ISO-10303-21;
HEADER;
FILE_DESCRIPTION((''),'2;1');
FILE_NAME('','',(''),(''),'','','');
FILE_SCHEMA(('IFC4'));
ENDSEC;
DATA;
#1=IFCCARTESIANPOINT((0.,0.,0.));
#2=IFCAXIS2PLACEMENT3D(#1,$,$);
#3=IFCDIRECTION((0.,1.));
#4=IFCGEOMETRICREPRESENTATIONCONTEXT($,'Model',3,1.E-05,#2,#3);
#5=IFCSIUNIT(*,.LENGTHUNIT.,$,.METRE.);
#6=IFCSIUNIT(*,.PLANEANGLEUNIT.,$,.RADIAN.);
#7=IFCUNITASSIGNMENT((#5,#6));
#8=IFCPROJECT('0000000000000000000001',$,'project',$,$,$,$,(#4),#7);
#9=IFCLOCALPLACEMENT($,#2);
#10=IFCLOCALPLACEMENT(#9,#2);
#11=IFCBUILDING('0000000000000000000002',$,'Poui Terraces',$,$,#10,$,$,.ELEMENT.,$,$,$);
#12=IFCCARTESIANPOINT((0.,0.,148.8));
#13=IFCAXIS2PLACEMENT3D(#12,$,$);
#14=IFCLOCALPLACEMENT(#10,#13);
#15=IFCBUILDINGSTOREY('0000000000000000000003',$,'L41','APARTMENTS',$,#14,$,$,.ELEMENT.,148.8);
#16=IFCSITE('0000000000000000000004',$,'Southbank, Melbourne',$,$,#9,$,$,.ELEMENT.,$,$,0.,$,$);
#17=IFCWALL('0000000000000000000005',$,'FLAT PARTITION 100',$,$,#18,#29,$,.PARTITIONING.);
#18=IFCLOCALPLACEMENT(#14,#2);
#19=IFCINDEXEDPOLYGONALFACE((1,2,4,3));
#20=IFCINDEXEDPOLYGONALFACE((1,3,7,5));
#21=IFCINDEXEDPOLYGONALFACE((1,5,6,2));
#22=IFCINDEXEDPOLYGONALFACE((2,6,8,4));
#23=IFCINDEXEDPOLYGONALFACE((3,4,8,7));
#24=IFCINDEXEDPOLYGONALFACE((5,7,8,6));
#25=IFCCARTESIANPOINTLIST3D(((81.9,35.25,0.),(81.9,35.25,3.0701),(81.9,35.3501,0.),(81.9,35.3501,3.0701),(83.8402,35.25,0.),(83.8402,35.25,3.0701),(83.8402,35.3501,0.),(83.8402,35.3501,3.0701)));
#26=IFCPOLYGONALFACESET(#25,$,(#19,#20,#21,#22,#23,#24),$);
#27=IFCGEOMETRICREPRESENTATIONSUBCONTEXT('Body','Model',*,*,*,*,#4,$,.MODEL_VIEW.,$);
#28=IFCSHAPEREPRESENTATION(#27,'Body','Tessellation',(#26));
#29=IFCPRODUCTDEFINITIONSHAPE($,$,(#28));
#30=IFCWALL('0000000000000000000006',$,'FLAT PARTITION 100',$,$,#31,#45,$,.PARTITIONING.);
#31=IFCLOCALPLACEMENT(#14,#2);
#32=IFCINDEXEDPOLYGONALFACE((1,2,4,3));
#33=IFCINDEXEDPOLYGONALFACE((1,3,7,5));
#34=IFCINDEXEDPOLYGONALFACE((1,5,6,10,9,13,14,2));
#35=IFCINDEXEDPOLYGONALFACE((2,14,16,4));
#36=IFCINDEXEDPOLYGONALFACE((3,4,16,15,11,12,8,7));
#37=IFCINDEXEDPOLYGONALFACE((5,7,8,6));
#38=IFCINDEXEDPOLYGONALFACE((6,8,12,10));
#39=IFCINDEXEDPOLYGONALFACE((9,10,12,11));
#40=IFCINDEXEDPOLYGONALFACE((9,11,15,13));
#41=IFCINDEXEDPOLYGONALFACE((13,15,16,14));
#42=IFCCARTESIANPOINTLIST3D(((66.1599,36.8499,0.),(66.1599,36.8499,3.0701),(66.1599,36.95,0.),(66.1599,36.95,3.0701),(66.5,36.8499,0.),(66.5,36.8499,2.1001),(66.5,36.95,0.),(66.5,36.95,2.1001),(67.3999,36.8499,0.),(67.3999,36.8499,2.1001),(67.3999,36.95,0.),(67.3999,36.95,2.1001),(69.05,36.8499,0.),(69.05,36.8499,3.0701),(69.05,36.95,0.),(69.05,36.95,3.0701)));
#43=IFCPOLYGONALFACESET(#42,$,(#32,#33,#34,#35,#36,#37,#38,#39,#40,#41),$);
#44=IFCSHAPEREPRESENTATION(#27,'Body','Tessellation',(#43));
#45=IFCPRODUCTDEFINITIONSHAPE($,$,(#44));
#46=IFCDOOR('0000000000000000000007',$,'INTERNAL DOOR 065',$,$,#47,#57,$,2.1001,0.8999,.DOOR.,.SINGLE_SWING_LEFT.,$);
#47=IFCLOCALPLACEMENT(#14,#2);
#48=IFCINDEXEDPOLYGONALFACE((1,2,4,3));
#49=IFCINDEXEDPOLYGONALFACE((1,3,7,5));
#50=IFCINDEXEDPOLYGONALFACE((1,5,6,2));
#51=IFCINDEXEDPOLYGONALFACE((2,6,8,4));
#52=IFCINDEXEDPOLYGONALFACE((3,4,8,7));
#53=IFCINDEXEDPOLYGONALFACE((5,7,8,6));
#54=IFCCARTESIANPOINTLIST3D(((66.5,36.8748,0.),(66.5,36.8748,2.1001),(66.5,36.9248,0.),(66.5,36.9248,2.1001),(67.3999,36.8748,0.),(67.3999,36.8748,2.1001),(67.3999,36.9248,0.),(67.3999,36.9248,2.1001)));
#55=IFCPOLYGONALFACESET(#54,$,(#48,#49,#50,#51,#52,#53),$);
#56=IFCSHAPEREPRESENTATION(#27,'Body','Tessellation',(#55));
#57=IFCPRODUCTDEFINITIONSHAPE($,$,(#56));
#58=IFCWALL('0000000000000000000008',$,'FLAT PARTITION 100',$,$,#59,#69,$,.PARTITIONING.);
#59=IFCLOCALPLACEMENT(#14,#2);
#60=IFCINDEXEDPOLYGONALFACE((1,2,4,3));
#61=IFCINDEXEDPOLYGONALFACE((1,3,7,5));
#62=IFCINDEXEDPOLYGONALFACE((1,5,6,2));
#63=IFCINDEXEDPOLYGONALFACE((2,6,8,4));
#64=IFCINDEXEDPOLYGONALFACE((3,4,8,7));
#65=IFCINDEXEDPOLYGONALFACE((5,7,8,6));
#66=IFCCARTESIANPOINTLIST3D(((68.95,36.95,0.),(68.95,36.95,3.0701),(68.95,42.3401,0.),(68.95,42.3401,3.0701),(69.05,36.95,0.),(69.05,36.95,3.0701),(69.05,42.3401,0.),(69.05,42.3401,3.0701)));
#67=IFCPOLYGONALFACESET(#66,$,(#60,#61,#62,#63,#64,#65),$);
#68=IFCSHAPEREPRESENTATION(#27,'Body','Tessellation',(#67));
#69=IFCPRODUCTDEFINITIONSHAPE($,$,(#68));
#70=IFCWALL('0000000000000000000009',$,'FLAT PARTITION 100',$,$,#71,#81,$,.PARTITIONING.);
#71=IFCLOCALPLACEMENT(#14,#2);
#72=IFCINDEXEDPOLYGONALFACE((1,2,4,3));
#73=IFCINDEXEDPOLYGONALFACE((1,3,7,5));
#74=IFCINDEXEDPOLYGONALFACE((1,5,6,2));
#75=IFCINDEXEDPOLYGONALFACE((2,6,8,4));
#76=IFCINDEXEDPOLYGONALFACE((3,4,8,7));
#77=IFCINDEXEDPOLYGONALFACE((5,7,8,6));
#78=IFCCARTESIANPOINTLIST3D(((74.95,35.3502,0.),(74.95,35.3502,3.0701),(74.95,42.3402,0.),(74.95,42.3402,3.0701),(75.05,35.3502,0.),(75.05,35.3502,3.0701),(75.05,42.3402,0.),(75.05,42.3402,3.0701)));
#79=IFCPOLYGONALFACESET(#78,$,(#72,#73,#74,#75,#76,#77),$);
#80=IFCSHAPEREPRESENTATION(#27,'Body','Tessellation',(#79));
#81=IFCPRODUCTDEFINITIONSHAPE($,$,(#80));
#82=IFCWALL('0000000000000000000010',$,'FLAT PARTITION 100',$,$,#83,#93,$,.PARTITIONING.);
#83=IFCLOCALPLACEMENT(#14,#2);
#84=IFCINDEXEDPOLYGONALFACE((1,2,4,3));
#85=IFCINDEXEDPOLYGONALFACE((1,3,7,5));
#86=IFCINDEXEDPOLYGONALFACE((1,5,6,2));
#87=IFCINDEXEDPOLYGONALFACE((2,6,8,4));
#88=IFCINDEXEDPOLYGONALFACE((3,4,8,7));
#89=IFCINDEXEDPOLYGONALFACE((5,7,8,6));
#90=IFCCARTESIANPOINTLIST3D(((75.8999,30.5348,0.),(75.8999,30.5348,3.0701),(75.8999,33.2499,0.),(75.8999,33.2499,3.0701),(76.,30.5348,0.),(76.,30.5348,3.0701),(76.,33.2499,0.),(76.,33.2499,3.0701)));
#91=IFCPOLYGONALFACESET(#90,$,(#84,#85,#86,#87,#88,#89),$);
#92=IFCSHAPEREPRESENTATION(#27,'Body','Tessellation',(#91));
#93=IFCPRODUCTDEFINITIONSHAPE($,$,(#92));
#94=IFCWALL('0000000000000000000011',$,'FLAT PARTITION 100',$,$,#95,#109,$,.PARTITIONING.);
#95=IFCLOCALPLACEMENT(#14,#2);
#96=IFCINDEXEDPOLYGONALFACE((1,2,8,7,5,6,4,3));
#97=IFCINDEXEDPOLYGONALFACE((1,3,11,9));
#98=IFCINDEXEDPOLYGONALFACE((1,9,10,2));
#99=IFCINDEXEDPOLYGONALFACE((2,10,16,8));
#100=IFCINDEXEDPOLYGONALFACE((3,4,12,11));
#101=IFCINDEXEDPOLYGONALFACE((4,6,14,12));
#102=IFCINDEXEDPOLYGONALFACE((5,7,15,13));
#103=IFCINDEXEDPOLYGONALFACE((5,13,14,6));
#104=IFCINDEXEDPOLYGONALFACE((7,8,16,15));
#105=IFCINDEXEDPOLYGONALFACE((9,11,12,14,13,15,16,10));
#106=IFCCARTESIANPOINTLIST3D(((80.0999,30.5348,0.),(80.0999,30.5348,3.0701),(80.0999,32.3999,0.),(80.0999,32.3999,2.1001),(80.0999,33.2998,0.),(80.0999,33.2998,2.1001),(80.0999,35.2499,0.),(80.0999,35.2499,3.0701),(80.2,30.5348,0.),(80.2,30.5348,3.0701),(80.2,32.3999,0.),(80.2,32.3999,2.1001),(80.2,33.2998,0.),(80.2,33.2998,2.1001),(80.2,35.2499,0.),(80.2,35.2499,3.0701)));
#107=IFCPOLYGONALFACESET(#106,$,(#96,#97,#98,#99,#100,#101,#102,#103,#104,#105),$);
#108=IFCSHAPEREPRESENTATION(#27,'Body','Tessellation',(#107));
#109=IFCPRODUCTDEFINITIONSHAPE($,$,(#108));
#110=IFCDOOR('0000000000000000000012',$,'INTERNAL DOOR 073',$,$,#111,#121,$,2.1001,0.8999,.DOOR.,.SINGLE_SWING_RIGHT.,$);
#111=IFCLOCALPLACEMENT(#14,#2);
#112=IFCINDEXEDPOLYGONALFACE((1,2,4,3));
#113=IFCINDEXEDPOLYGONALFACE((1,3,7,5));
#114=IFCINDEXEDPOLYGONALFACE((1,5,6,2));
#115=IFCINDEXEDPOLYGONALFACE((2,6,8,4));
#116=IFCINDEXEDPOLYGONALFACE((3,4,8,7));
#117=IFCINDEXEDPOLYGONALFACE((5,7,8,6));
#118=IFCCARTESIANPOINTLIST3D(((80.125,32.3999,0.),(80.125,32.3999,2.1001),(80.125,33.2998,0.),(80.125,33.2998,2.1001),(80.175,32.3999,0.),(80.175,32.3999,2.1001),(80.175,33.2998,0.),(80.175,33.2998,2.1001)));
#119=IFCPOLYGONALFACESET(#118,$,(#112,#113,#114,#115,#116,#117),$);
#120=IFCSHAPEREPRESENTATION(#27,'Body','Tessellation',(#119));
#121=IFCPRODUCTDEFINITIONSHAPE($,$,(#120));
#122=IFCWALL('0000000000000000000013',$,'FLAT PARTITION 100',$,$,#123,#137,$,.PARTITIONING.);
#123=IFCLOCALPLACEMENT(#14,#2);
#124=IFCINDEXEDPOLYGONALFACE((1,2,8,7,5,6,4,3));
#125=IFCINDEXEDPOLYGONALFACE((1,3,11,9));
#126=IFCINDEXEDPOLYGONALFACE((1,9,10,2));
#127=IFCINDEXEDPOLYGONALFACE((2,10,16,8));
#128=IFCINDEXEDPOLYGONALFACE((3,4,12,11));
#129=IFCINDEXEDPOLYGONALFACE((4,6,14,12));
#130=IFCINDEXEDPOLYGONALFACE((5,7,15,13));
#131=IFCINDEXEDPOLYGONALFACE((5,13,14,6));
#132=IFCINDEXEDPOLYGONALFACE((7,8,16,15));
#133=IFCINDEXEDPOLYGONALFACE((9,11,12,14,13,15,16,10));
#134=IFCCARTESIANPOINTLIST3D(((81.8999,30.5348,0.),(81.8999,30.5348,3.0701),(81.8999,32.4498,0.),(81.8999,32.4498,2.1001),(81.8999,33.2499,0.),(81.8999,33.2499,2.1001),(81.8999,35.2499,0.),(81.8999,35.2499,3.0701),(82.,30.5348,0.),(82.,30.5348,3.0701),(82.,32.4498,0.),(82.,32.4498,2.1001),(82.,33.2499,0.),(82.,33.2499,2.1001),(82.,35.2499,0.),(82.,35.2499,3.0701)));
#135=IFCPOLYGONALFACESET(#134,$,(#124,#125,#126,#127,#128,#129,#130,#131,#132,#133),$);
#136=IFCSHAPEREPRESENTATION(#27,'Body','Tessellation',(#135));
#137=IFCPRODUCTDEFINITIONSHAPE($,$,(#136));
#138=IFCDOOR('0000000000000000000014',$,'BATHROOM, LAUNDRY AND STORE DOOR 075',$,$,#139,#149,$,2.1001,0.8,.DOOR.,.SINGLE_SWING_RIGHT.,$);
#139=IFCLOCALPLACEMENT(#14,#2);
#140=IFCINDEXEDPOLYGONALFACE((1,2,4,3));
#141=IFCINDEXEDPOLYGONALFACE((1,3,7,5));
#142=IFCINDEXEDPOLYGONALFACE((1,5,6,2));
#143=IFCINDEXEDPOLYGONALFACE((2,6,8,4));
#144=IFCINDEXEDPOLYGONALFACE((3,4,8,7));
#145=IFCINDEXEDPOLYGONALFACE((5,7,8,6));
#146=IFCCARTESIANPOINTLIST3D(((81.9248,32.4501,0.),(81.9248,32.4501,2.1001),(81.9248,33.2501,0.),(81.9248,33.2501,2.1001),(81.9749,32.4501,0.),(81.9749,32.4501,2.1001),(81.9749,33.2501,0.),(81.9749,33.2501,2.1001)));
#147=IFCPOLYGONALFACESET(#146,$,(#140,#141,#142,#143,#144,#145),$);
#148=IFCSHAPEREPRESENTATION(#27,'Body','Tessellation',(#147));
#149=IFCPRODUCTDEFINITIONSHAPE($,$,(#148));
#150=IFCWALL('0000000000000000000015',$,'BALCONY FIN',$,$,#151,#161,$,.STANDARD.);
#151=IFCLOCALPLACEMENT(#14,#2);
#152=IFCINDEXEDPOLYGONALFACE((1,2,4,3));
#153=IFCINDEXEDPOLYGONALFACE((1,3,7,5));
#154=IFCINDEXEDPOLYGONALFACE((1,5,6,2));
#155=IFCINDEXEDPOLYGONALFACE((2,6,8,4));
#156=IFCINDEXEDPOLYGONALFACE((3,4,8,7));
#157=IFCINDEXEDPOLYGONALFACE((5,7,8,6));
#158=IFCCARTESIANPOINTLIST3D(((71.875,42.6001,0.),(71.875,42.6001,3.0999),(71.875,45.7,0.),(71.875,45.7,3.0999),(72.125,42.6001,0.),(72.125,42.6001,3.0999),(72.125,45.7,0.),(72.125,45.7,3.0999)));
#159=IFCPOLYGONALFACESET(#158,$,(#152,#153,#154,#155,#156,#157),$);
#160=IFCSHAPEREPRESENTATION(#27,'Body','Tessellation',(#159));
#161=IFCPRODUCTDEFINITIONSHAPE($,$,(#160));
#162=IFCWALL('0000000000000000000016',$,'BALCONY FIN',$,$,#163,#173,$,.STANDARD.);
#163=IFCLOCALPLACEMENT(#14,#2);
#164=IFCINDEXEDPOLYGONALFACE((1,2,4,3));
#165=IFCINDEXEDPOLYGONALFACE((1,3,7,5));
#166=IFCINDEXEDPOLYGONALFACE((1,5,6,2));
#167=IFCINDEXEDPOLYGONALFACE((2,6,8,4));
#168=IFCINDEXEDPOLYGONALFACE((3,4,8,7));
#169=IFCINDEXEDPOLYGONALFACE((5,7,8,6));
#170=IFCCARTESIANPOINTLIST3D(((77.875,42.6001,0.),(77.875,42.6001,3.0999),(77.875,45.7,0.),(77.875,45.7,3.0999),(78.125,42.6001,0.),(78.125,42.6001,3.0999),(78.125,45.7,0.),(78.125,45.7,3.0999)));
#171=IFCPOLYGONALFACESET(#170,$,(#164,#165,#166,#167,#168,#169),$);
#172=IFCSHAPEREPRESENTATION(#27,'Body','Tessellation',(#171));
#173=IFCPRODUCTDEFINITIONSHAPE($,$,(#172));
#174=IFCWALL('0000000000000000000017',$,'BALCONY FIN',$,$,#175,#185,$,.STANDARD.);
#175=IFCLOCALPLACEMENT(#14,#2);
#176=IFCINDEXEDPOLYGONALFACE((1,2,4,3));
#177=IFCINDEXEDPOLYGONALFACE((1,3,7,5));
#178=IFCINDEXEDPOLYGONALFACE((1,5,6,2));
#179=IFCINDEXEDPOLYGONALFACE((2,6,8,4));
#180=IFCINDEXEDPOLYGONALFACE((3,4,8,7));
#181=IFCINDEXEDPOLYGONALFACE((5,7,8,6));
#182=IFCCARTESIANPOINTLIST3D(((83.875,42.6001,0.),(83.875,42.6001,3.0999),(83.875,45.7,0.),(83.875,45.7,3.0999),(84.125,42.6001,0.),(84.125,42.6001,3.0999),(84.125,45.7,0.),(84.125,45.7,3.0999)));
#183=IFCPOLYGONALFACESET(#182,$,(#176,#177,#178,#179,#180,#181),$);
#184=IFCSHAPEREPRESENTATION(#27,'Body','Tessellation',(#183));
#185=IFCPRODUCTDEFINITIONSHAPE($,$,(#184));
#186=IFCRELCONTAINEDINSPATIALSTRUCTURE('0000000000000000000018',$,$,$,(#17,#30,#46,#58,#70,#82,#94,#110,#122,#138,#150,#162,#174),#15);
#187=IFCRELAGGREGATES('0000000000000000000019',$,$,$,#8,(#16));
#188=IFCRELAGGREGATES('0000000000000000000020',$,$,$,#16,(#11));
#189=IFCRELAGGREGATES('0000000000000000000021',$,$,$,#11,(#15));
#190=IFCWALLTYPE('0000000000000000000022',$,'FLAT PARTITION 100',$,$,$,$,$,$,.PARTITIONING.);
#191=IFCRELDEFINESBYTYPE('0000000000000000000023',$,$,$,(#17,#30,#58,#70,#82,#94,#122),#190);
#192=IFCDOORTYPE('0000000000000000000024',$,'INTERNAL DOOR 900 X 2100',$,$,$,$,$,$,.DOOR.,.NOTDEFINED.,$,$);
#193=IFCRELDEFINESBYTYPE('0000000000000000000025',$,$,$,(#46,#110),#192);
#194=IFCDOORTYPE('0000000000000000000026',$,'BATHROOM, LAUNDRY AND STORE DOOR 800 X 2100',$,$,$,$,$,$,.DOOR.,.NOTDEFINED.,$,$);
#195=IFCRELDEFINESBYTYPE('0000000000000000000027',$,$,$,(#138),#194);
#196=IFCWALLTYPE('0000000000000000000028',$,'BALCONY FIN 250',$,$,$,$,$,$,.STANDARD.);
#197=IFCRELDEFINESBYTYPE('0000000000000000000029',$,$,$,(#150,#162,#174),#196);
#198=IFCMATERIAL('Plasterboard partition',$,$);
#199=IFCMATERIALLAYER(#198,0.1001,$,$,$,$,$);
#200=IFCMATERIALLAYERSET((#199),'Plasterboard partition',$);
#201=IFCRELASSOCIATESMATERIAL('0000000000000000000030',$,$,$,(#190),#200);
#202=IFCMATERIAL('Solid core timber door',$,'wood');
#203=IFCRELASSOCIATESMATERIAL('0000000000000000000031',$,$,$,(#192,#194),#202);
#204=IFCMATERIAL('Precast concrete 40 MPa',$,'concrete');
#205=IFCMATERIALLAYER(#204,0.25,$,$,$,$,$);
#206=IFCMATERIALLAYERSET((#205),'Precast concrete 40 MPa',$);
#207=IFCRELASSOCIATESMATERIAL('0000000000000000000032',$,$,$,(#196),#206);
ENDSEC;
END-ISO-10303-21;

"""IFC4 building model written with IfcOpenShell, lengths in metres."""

from ifc_helpers import new_model, si_unit, direction, frame, frame_2d, origin, place, context, subcontext, project, spatial, polyline, rectangle, outline, extrude, source, transform, mapped, material, layer, layer_set, type_object, element, fill, save


model = new_model("IFC4")

# Units and contexts
model_context = context("Model", 3, precision=1e-05, world=origin(), true_north=direction((0.0, 1.0)))
body_context = subcontext(model_context, "Body", "Model", "MODEL_VIEW")
ifc_project = project(units=[si_unit("LENGTHUNIT", "METRE"), si_unit("PLANEANGLEUNIT", "RADIAN")], contexts=[model_context])

# Site, building, storey
site_placement = place(None, origin())
site = spatial("IfcSite", under=ifc_project, at=site_placement, Name="Southbank, Melbourne", CompositionType="ELEMENT", RefElevation=0.0)
building_placement = place(site_placement, origin())
building = spatial("IfcBuilding", under=site, at=building_placement, Name="Poui Terraces", CompositionType="ELEMENT")
storey_placement = place(building_placement, frame((0.0, 0.0, 148.8)))
storey = spatial("IfcBuildingStorey", under=building, at=storey_placement, Name="L41", Description="APARTMENTS", CompositionType="ELEMENT", Elevation=148.8)

# Shared definitions
ifc_material_1 = material(Name="Plasterboard partition")
ifc_layer_1 = layer(ifc_material_1, 0.1001)
ifc_layer_set_1 = layer_set([ifc_layer_1], Name="Plasterboard partition")
wall_type_1 = type_object("IfcWallType", Name="FLAT PARTITION 100", PredefinedType="PARTITIONING", material=ifc_layer_set_1)
ifc_material_2 = material(Name="Solid core timber door", Category="wood")
door_type_1 = type_object("IfcDoorType", Name="INTERNAL DOOR 900 X 2100", OperationType="NOTDEFINED", PredefinedType="DOOR", material=ifc_material_2)
door_type_2 = type_object("IfcDoorType", Name="BATHROOM, LAUNDRY AND STORE DOOR 800 X 2100", OperationType="NOTDEFINED", PredefinedType="DOOR", material=ifc_material_2)

# Wall
wall_1_placement = place(storey_placement, frame((81.8999, 35.3, 0.0), z_axis=(0.0, 0.0, 1.0), x_axis=(1.0, 0.0, 0.0)))
element("IfcWall", 1, at=wall_1_placement, inside=storey, type_object=wall_type_1, Name="FLAT PARTITION 100", PredefinedType="PARTITIONING", context=body_context, shape_type="SweptSolid", body=[
    extrude(rectangle(XDim=1.9402, YDim=0.1001, at=frame_2d((0.9702, 0.0))), origin(), (0.0, 0.0, 1.0), 3.0701),
])

# Wall, opening, door
wall_2_placement = place(storey_placement, frame((66.1599, 36.8999, 0.0), z_axis=(0.0, 0.0, 1.0), x_axis=(1.0, 0.0, 0.0)))
wall_2 = element("IfcWall", 2, at=wall_2_placement, inside=storey, type_object=wall_type_1, Name="FLAT PARTITION 100", PredefinedType="PARTITIONING", context=body_context, shape_type="SweptSolid", body=[
    extrude(rectangle(XDim=2.8901, YDim=0.1001, at=frame_2d((1.4451, 0.0))), origin(), (0.0, 0.0, 1.0), 3.0701),
])
opening_1_placement = place(wall_2_placement, frame((0.3401, 0.0, 0.0)))
opening_1 = element("IfcOpeningElement", 3, at=opening_1_placement, cuts=wall_2, PredefinedType="OPENING", context=body_context, shape_type="SweptSolid", body=[
    extrude(rectangle(XDim=0.8999, YDim=2.1001, at=frame_2d((0.45, 1.05))), frame((0.0, 0.0601, 0.0), z_axis=(0.0, -1.0, 0.0), x_axis=(1.0, 0.0, 0.0)), (0.0, 0.0, 1.0), 0.1201),
])
door_1_placement = place(opening_1_placement, origin())
door_1 = element("IfcDoor", 4, at=door_1_placement, inside=storey, type_object=door_type_1, Name="INTERNAL DOOR 065", OperationType="SINGLE_SWING_LEFT", OverallHeight=2.1001, OverallWidth=0.8999, PredefinedType="DOOR", context=body_context, shape_type="SweptSolid", body=[
    extrude(rectangle(XDim=0.8999, YDim=2.1001, at=frame_2d((0.45, 1.05))), frame((0.0, 0.0249, 0.0), z_axis=(0.0, -1.0, 0.0), x_axis=(1.0, 0.0, 0.0)), (0.0, 0.0, 1.0), 0.05),
])
fill(opening_1, door_1)

# Walls
wall_3_placement = place(storey_placement, frame((69.0, 36.95, 0.0), z_axis=(0.0, 0.0, 1.0), x_axis=(0.0, 1.0, 0.0)))
element("IfcWall", 5, at=wall_3_placement, inside=storey, type_object=wall_type_1, Name="FLAT PARTITION 100", PredefinedType="PARTITIONING", context=body_context, shape_type="SweptSolid", body=[
    extrude(rectangle(XDim=5.3901, YDim=0.1001, at=frame_2d((2.6951, 0.0))), origin(), (0.0, 0.0, 1.0), 3.0701),
])
wall_4_placement = place(storey_placement, frame((75.0, 35.3501, 0.0), z_axis=(0.0, 0.0, 1.0), x_axis=(0.0, 1.0, 0.0)))
element("IfcWall", 6, at=wall_4_placement, inside=storey, type_object=wall_type_1, Name="FLAT PARTITION 100", PredefinedType="PARTITIONING", context=body_context, shape_type="SweptSolid", body=[
    extrude(rectangle(XDim=6.99, YDim=0.1001, at=frame_2d((3.4951, 0.0))), origin(), (0.0, 0.0, 1.0), 3.0701),
])
wall_5_placement = place(storey_placement, frame((75.95, 30.5349, 0.0), z_axis=(0.0, 0.0, 1.0), x_axis=(0.0, 1.0, 0.0)))
element("IfcWall", 7, at=wall_5_placement, inside=storey, type_object=wall_type_1, Name="FLAT PARTITION 100", PredefinedType="PARTITIONING", context=body_context, shape_type="SweptSolid", body=[
    extrude(rectangle(XDim=2.7151, YDim=0.1001, at=frame_2d((1.3574, 0.0))), origin(), (0.0, 0.0, 1.0), 3.0701),
])

# Walls, openings, doors
wall_6_placement = place(storey_placement, frame((80.1499, 30.5349, 0.0), z_axis=(0.0, 0.0, 1.0), x_axis=(0.0, 1.0, 0.0)))
wall_6 = element("IfcWall", 8, at=wall_6_placement, inside=storey, type_object=wall_type_1, Name="FLAT PARTITION 100", PredefinedType="PARTITIONING", context=body_context, shape_type="SweptSolid", body=[
    extrude(rectangle(XDim=4.7151, YDim=0.1001, at=frame_2d((2.3574, 0.0))), origin(), (0.0, 0.0, 1.0), 3.0701),
])
opening_2_placement = place(wall_6_placement, frame((1.865, 0.0, 0.0)))
opening_2 = element("IfcOpeningElement", 9, at=opening_2_placement, cuts=wall_6, PredefinedType="OPENING", context=body_context, shape_type="SweptSolid", body=[
    extrude(rectangle(XDim=0.8999, YDim=2.1001, at=frame_2d((0.45, 1.05))), frame((0.0, 0.0601, 0.0), z_axis=(0.0, -1.0, 0.0), x_axis=(1.0, 0.0, 0.0)), (0.0, 0.0, 1.0), 0.1201),
])
door_2_placement = place(opening_2_placement, origin())
door_2 = element("IfcDoor", 10, at=door_2_placement, inside=storey, type_object=door_type_1, Name="INTERNAL DOOR 073", OperationType="SINGLE_SWING_RIGHT", OverallHeight=2.1001, OverallWidth=0.8999, PredefinedType="DOOR", context=body_context, shape_type="SweptSolid", body=[
    extrude(rectangle(XDim=0.8999, YDim=2.1001, at=frame_2d((0.45, 1.05))), frame((0.0, 0.0249, 0.0), z_axis=(0.0, -1.0, 0.0), x_axis=(1.0, 0.0, 0.0)), (0.0, 0.0, 1.0), 0.05),
])
fill(opening_2, door_2)
wall_7_placement = place(storey_placement, frame((81.95, 30.5349, 0.0), z_axis=(0.0, 0.0, 1.0), x_axis=(0.0, 1.0, 0.0)))
wall_7 = element("IfcWall", 11, at=wall_7_placement, inside=storey, type_object=wall_type_1, Name="FLAT PARTITION 100", PredefinedType="PARTITIONING", context=body_context, shape_type="SweptSolid", body=[
    extrude(rectangle(XDim=4.7151, YDim=0.1001, at=frame_2d((2.3574, 0.0))), origin(), (0.0, 0.0, 1.0), 3.0701),
])
opening_3_placement = place(wall_7_placement, frame((1.915, 0.0, 0.0)))
opening_3 = element("IfcOpeningElement", 12, at=opening_3_placement, cuts=wall_7, PredefinedType="OPENING", context=body_context, shape_type="SweptSolid", body=[
    extrude(rectangle(XDim=0.8, YDim=2.1001, at=frame_2d((0.3999, 1.05))), frame((0.0, 0.0601, 0.0), z_axis=(0.0, -1.0, 0.0), x_axis=(1.0, 0.0, 0.0)), (0.0, 0.0, 1.0), 0.1201),
])
door_3_placement = place(opening_3_placement, frame((0.8, 0.0, 0.0), z_axis=(0.0, 0.0, 1.0), x_axis=(-1.0, 0.0, 0.0)))
door_3 = element("IfcDoor", 13, at=door_3_placement, inside=storey, type_object=door_type_2, Name="BATHROOM, LAUNDRY AND STORE DOOR 075", OperationType="SINGLE_SWING_RIGHT", OverallHeight=2.1001, OverallWidth=0.8, PredefinedType="DOOR", context=body_context, shape_type="SweptSolid", body=[
    extrude(rectangle(XDim=0.8, YDim=2.1001, at=frame_2d((0.3999, 1.05))), frame((0.0, 0.0249, 0.0), z_axis=(0.0, -1.0, 0.0), x_axis=(1.0, 0.0, 0.0)), (0.0, 0.0, 1.0), 0.05),
])
fill(opening_3, door_3)

# Walls
ifc_material_3 = material(Name="Precast concrete 40 MPa", Category="concrete")
ifc_layer_2 = layer(ifc_material_3, 0.25)
ifc_layer_set_2 = layer_set([ifc_layer_2], Name="Precast concrete 40 MPa")
wall_type_2 = type_object("IfcWallType", Name="BALCONY FIN 250", PredefinedType="STANDARD", material=ifc_layer_set_2)
shared_shape_1 = source(origin(), body_context, "Body", "SweptSolid", [
    extrude(outline(polyline([(0.0, 0.0), (0.25, 0.0), (0.25, 3.0999), (0.0, 3.0999), (0.0, 0.0)])), origin(), (0.0, 0.0, 1.0), 3.0999),
])
for number, where, name in (
    (14, (71.875, 42.6001, 0.0), "BALCONY FIN"),
    (15, (77.875, 42.6001, 0.0), "BALCONY FIN"),
    (16, (83.875, 42.6001, 0.0), "BALCONY FIN"),
):
    element("IfcWall", number, at=place(storey_placement, frame(where)), inside=storey, type_object=wall_type_2, Name=name, PredefinedType="STANDARD", context=body_context, shape_type="MappedRepresentation", body=[
        mapped(shared_shape_1, transform((0.0, 0.0, 0.0))),
    ])

save(model, "model.ifc")
